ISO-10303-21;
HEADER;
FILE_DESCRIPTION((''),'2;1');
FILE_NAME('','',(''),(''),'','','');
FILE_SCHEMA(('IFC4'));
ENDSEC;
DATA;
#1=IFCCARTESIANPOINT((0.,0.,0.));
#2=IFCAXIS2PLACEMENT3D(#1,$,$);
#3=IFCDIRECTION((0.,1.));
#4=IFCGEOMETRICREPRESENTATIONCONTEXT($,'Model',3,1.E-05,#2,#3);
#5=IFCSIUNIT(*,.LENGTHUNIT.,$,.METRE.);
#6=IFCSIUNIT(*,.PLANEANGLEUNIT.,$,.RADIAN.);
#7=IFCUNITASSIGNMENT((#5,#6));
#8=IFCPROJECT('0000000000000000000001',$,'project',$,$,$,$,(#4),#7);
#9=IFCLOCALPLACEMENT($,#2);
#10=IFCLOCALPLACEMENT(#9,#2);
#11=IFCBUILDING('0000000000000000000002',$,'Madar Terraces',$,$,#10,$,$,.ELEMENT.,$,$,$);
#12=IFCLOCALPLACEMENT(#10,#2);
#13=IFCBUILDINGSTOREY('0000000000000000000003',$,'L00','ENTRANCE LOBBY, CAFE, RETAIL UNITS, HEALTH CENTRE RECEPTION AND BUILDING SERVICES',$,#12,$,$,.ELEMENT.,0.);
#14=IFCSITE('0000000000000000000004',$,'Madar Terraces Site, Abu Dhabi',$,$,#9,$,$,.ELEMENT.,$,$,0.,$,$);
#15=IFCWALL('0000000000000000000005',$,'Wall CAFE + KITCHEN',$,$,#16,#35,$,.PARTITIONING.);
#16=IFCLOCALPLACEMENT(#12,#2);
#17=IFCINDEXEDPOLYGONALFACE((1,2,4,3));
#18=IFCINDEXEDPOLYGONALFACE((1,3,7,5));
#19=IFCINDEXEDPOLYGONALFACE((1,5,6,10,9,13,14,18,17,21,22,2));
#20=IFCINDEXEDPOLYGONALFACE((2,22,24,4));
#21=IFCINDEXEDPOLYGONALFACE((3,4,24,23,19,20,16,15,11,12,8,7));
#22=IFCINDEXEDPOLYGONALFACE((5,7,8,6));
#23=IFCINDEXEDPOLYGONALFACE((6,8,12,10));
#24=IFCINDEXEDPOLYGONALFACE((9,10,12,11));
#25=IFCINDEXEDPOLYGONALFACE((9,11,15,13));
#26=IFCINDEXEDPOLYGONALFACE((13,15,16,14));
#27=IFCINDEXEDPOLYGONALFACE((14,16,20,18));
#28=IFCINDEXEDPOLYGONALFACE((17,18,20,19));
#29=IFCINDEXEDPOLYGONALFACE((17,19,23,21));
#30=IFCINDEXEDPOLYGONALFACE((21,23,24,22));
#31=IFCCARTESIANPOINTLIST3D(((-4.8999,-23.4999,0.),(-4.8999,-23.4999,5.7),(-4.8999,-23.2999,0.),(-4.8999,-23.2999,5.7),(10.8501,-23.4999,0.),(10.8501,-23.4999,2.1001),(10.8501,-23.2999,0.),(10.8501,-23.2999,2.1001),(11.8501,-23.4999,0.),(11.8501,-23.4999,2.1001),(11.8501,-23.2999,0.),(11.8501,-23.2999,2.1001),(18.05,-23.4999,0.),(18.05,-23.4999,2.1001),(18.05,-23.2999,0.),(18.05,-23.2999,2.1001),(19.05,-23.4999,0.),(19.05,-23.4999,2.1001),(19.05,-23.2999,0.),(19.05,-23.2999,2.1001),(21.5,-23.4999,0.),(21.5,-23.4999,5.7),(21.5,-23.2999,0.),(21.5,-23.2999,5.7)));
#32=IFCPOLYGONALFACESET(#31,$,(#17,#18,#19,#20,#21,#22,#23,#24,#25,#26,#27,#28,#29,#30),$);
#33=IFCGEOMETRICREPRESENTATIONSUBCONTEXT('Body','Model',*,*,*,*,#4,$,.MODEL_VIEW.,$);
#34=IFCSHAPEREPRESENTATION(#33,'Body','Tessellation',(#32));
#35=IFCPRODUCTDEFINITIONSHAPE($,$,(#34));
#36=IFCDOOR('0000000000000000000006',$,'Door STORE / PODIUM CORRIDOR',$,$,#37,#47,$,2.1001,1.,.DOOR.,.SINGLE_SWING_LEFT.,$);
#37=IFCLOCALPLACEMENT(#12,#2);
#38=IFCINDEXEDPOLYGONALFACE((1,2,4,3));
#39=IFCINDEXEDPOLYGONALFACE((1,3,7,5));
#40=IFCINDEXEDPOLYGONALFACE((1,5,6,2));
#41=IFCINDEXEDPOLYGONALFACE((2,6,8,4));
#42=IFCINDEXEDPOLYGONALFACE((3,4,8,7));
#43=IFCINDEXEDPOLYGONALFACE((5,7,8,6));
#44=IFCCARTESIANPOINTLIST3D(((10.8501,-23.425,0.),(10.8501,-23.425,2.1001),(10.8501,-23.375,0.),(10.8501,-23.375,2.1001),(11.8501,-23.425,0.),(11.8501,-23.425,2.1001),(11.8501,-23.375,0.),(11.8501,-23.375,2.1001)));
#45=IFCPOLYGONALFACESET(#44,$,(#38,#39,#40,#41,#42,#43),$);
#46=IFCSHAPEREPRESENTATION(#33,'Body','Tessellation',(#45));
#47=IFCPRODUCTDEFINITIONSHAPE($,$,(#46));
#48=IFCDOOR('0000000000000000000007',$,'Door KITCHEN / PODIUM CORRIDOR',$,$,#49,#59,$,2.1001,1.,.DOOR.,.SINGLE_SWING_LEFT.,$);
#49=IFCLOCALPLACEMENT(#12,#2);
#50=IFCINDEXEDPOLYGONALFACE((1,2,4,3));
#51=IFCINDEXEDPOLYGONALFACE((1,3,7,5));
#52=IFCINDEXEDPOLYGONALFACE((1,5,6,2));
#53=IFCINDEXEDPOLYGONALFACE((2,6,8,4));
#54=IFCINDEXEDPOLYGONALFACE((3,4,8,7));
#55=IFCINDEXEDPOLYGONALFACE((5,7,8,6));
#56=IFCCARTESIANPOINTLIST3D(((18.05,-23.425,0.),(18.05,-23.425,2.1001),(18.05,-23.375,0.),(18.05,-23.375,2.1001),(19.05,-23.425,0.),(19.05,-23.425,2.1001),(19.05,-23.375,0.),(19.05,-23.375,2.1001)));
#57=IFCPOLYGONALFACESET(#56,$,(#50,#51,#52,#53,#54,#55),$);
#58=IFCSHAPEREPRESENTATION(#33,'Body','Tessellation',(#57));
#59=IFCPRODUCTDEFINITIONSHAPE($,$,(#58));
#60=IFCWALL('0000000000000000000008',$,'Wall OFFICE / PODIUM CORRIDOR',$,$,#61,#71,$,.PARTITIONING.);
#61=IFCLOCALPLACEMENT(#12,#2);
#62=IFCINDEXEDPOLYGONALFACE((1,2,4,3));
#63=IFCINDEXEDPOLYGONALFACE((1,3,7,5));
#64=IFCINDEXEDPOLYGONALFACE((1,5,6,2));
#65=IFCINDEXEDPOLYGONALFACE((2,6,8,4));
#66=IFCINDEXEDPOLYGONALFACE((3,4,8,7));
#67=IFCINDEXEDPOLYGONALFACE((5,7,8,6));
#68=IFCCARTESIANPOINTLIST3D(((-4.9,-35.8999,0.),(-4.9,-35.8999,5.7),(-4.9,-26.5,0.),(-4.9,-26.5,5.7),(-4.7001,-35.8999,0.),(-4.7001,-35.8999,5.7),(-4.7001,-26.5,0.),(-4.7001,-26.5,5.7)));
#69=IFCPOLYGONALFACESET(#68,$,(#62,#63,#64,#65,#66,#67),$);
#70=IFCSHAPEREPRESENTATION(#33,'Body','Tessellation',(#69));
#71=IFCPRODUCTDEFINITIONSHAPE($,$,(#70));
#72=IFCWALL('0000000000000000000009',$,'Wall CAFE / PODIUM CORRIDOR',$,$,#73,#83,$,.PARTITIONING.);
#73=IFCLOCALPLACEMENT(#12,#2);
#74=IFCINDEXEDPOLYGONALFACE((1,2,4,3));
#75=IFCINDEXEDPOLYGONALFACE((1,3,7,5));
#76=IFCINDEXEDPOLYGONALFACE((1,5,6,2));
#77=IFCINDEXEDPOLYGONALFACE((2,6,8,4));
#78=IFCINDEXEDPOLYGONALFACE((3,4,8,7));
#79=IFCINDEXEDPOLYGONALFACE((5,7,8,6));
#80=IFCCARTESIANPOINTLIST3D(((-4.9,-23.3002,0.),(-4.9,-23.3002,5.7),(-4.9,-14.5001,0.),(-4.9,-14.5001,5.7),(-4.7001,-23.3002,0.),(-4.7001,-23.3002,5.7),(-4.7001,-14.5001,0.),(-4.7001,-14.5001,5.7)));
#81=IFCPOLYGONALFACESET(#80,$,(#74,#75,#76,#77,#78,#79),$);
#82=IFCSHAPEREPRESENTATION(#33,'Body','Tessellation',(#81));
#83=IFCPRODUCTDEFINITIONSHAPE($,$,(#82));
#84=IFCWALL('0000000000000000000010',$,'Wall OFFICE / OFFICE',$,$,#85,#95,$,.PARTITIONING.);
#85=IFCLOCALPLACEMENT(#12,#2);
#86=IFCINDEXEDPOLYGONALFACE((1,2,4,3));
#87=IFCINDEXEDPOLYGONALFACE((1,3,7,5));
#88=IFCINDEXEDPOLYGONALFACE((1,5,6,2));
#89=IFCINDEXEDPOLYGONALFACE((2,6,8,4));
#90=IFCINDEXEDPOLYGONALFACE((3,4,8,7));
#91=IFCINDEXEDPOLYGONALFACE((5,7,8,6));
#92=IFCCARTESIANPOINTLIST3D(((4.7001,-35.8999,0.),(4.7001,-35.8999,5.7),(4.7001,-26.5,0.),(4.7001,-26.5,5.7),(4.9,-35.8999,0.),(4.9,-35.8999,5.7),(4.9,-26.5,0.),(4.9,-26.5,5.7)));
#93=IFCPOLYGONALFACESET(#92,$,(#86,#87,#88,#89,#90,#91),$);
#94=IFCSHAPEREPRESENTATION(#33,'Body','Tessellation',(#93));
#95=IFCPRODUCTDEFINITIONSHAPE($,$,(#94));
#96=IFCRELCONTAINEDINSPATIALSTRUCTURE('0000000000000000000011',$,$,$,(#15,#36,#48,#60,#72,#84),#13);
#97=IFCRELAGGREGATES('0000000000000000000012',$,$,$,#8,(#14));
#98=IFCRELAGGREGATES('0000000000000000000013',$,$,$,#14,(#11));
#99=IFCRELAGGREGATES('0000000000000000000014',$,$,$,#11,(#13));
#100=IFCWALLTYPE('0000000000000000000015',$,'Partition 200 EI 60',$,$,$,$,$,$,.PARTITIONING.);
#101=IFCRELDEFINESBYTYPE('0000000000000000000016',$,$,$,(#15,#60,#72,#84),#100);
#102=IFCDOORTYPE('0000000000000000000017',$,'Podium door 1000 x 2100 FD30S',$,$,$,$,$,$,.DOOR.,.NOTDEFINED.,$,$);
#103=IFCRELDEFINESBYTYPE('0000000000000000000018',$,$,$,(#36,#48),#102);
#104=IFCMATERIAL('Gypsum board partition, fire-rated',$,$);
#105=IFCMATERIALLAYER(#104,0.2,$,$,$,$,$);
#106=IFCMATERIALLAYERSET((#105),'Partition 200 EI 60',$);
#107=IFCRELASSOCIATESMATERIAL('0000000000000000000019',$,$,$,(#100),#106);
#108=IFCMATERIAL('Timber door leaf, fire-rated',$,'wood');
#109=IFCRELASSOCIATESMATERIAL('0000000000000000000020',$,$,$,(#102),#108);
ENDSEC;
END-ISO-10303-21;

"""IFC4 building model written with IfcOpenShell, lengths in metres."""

from ifc_helpers import new_model, si_unit, direction, frame, frame_2d, origin, place, context, subcontext, project, spatial, rectangle, extrude, material, layer, layer_set, type_object, element, fill, save


model = new_model("IFC4")

# Units and contexts
model_context = context("Model", 3, precision=1e-05, world=origin(), true_north=direction((0.0, 1.0)))
body_context = subcontext(model_context, "Body", "Model", "MODEL_VIEW")
ifc_project = project(units=[si_unit("LENGTHUNIT", "METRE"), si_unit("PLANEANGLEUNIT", "RADIAN")], contexts=[model_context])

# Site, building, storey
site_placement = place(None, origin())
site = spatial("IfcSite", under=ifc_project, at=site_placement, Name="Madar Terraces Site, Abu Dhabi", CompositionType="ELEMENT", RefElevation=0.0)
building_placement = place(site_placement, origin())
building = spatial("IfcBuilding", under=site, at=building_placement, Name="Madar Terraces", CompositionType="ELEMENT")
storey_placement = place(building_placement, origin())
storey = spatial("IfcBuildingStorey", under=building, at=storey_placement, Name="L00", Description="ENTRANCE LOBBY, CAFE, RETAIL UNITS, HEALTH CENTRE RECEPTION AND BUILDING SERVICES", CompositionType="ELEMENT", Elevation=0.0)

# Wall, openings, doors
ifc_material_1 = material(Name="Gypsum board partition, fire-rated")
ifc_layer_1 = layer(ifc_material_1, 0.2)
ifc_layer_set_1 = layer_set([ifc_layer_1], Name="Partition 200 EI 60")
wall_type_1 = type_object("IfcWallType", Name="Partition 200 EI 60", PredefinedType="PARTITIONING", material=ifc_layer_set_1)
ifc_material_2 = material(Name="Timber door leaf, fire-rated", Category="wood")
door_type_1 = type_object("IfcDoorType", Name="Podium door 1000 x 2100 FD30S", OperationType="NOTDEFINED", PredefinedType="DOOR", material=ifc_material_2)
wall_1_placement = place(storey_placement, frame((-4.8999, -23.3999, 0.0), z_axis=(0.0, 0.0, 1.0), x_axis=(1.0, 0.0, 0.0)))
wall_1 = element("IfcWall", 1, at=wall_1_placement, inside=storey, type_object=wall_type_1, Name="Wall CAFE + KITCHEN", PredefinedType="PARTITIONING", context=body_context, shape_type="SweptSolid", body=[
    extrude(rectangle(XDim=26.3999, YDim=0.2, at=frame_2d((13.2, 0.0))), origin(), (0.0, 0.0, 1.0), 5.7),
])
opening_1_placement = place(wall_1_placement, frame((15.75, 0.0, 0.0)))
opening_1 = element("IfcOpeningElement", 2, at=opening_1_placement, cuts=wall_1, PredefinedType="OPENING", context=body_context, shape_type="SweptSolid", body=[
    extrude(rectangle(XDim=1.0, YDim=2.1001, at=frame_2d((0.5, 1.05))), frame((0.0, 0.1099, 0.0), z_axis=(0.0, -1.0, 0.0), x_axis=(1.0, 0.0, 0.0)), (0.0, 0.0, 1.0), 0.22),
])
opening_2_placement = place(wall_1_placement, frame((22.95, 0.0, 0.0)))
opening_2 = element("IfcOpeningElement", 3, at=opening_2_placement, cuts=wall_1, PredefinedType="OPENING", context=body_context, shape_type="SweptSolid", body=[
    extrude(rectangle(XDim=1.0, YDim=2.1001, at=frame_2d((0.5, 1.05))), frame((0.0, 0.1099, 0.0), z_axis=(0.0, -1.0, 0.0), x_axis=(1.0, 0.0, 0.0)), (0.0, 0.0, 1.0), 0.22),
])
door_1_placement = place(opening_1_placement, origin())
door_1 = element("IfcDoor", 4, at=door_1_placement, inside=storey, type_object=door_type_1, Name="Door STORE / PODIUM CORRIDOR", OperationType="SINGLE_SWING_LEFT", OverallHeight=2.1001, OverallWidth=1.0, PredefinedType="DOOR", context=body_context, shape_type="SweptSolid", body=[
    extrude(rectangle(XDim=1.0, YDim=2.1001, at=frame_2d((0.5, 1.05))), frame((0.0, 0.0249, 0.0), z_axis=(0.0, -1.0, 0.0), x_axis=(1.0, 0.0, 0.0)), (0.0, 0.0, 1.0), 0.05),
])
fill(opening_1, door_1)
door_2_placement = place(opening_2_placement, origin())
door_2 = element("IfcDoor", 5, at=door_2_placement, inside=storey, type_object=door_type_1, Name="Door KITCHEN / PODIUM CORRIDOR", OperationType="SINGLE_SWING_LEFT", OverallHeight=2.1001, OverallWidth=1.0, PredefinedType="DOOR", context=body_context, shape_type="SweptSolid", body=[
    extrude(rectangle(XDim=1.0, YDim=2.1001, at=frame_2d((0.5, 1.05))), frame((0.0, 0.0249, 0.0), z_axis=(0.0, -1.0, 0.0), x_axis=(1.0, 0.0, 0.0)), (0.0, 0.0, 1.0), 0.05),
])
fill(opening_2, door_2)

# Walls
wall_2_placement = place(storey_placement, frame((-4.8, -35.8999, 0.0), z_axis=(0.0, 0.0, 1.0), x_axis=(0.0, 1.0, 0.0)))
element("IfcWall", 6, at=wall_2_placement, inside=storey, type_object=wall_type_1, Name="Wall OFFICE / PODIUM CORRIDOR", PredefinedType="PARTITIONING", context=body_context, shape_type="SweptSolid", body=[
    extrude(rectangle(XDim=9.3999, YDim=0.2, at=frame_2d((4.7, 0.0))), origin(), (0.0, 0.0, 1.0), 5.7),
])
wall_3_placement = place(storey_placement, frame((-4.8, -23.3, 0.0), z_axis=(0.0, 0.0, 1.0), x_axis=(0.0, 1.0, 0.0)))
element("IfcWall", 7, at=wall_3_placement, inside=storey, type_object=wall_type_1, Name="Wall CAFE / PODIUM CORRIDOR", PredefinedType="PARTITIONING", context=body_context, shape_type="SweptSolid", body=[
    extrude(rectangle(XDim=8.8, YDim=0.2, at=frame_2d((4.3999, 0.0))), origin(), (0.0, 0.0, 1.0), 5.7),
])
wall_4_placement = place(storey_placement, frame((4.8, -35.8999, 0.0), z_axis=(0.0, 0.0, 1.0), x_axis=(0.0, 1.0, 0.0)))
element("IfcWall", 8, at=wall_4_placement, inside=storey, type_object=wall_type_1, Name="Wall OFFICE / OFFICE", PredefinedType="PARTITIONING", context=body_context, shape_type="SweptSolid", body=[
    extrude(rectangle(XDim=9.3999, YDim=0.2, at=frame_2d((4.7, 0.0))), origin(), (0.0, 0.0, 1.0), 5.7),
])

save(model, "model.ifc")
